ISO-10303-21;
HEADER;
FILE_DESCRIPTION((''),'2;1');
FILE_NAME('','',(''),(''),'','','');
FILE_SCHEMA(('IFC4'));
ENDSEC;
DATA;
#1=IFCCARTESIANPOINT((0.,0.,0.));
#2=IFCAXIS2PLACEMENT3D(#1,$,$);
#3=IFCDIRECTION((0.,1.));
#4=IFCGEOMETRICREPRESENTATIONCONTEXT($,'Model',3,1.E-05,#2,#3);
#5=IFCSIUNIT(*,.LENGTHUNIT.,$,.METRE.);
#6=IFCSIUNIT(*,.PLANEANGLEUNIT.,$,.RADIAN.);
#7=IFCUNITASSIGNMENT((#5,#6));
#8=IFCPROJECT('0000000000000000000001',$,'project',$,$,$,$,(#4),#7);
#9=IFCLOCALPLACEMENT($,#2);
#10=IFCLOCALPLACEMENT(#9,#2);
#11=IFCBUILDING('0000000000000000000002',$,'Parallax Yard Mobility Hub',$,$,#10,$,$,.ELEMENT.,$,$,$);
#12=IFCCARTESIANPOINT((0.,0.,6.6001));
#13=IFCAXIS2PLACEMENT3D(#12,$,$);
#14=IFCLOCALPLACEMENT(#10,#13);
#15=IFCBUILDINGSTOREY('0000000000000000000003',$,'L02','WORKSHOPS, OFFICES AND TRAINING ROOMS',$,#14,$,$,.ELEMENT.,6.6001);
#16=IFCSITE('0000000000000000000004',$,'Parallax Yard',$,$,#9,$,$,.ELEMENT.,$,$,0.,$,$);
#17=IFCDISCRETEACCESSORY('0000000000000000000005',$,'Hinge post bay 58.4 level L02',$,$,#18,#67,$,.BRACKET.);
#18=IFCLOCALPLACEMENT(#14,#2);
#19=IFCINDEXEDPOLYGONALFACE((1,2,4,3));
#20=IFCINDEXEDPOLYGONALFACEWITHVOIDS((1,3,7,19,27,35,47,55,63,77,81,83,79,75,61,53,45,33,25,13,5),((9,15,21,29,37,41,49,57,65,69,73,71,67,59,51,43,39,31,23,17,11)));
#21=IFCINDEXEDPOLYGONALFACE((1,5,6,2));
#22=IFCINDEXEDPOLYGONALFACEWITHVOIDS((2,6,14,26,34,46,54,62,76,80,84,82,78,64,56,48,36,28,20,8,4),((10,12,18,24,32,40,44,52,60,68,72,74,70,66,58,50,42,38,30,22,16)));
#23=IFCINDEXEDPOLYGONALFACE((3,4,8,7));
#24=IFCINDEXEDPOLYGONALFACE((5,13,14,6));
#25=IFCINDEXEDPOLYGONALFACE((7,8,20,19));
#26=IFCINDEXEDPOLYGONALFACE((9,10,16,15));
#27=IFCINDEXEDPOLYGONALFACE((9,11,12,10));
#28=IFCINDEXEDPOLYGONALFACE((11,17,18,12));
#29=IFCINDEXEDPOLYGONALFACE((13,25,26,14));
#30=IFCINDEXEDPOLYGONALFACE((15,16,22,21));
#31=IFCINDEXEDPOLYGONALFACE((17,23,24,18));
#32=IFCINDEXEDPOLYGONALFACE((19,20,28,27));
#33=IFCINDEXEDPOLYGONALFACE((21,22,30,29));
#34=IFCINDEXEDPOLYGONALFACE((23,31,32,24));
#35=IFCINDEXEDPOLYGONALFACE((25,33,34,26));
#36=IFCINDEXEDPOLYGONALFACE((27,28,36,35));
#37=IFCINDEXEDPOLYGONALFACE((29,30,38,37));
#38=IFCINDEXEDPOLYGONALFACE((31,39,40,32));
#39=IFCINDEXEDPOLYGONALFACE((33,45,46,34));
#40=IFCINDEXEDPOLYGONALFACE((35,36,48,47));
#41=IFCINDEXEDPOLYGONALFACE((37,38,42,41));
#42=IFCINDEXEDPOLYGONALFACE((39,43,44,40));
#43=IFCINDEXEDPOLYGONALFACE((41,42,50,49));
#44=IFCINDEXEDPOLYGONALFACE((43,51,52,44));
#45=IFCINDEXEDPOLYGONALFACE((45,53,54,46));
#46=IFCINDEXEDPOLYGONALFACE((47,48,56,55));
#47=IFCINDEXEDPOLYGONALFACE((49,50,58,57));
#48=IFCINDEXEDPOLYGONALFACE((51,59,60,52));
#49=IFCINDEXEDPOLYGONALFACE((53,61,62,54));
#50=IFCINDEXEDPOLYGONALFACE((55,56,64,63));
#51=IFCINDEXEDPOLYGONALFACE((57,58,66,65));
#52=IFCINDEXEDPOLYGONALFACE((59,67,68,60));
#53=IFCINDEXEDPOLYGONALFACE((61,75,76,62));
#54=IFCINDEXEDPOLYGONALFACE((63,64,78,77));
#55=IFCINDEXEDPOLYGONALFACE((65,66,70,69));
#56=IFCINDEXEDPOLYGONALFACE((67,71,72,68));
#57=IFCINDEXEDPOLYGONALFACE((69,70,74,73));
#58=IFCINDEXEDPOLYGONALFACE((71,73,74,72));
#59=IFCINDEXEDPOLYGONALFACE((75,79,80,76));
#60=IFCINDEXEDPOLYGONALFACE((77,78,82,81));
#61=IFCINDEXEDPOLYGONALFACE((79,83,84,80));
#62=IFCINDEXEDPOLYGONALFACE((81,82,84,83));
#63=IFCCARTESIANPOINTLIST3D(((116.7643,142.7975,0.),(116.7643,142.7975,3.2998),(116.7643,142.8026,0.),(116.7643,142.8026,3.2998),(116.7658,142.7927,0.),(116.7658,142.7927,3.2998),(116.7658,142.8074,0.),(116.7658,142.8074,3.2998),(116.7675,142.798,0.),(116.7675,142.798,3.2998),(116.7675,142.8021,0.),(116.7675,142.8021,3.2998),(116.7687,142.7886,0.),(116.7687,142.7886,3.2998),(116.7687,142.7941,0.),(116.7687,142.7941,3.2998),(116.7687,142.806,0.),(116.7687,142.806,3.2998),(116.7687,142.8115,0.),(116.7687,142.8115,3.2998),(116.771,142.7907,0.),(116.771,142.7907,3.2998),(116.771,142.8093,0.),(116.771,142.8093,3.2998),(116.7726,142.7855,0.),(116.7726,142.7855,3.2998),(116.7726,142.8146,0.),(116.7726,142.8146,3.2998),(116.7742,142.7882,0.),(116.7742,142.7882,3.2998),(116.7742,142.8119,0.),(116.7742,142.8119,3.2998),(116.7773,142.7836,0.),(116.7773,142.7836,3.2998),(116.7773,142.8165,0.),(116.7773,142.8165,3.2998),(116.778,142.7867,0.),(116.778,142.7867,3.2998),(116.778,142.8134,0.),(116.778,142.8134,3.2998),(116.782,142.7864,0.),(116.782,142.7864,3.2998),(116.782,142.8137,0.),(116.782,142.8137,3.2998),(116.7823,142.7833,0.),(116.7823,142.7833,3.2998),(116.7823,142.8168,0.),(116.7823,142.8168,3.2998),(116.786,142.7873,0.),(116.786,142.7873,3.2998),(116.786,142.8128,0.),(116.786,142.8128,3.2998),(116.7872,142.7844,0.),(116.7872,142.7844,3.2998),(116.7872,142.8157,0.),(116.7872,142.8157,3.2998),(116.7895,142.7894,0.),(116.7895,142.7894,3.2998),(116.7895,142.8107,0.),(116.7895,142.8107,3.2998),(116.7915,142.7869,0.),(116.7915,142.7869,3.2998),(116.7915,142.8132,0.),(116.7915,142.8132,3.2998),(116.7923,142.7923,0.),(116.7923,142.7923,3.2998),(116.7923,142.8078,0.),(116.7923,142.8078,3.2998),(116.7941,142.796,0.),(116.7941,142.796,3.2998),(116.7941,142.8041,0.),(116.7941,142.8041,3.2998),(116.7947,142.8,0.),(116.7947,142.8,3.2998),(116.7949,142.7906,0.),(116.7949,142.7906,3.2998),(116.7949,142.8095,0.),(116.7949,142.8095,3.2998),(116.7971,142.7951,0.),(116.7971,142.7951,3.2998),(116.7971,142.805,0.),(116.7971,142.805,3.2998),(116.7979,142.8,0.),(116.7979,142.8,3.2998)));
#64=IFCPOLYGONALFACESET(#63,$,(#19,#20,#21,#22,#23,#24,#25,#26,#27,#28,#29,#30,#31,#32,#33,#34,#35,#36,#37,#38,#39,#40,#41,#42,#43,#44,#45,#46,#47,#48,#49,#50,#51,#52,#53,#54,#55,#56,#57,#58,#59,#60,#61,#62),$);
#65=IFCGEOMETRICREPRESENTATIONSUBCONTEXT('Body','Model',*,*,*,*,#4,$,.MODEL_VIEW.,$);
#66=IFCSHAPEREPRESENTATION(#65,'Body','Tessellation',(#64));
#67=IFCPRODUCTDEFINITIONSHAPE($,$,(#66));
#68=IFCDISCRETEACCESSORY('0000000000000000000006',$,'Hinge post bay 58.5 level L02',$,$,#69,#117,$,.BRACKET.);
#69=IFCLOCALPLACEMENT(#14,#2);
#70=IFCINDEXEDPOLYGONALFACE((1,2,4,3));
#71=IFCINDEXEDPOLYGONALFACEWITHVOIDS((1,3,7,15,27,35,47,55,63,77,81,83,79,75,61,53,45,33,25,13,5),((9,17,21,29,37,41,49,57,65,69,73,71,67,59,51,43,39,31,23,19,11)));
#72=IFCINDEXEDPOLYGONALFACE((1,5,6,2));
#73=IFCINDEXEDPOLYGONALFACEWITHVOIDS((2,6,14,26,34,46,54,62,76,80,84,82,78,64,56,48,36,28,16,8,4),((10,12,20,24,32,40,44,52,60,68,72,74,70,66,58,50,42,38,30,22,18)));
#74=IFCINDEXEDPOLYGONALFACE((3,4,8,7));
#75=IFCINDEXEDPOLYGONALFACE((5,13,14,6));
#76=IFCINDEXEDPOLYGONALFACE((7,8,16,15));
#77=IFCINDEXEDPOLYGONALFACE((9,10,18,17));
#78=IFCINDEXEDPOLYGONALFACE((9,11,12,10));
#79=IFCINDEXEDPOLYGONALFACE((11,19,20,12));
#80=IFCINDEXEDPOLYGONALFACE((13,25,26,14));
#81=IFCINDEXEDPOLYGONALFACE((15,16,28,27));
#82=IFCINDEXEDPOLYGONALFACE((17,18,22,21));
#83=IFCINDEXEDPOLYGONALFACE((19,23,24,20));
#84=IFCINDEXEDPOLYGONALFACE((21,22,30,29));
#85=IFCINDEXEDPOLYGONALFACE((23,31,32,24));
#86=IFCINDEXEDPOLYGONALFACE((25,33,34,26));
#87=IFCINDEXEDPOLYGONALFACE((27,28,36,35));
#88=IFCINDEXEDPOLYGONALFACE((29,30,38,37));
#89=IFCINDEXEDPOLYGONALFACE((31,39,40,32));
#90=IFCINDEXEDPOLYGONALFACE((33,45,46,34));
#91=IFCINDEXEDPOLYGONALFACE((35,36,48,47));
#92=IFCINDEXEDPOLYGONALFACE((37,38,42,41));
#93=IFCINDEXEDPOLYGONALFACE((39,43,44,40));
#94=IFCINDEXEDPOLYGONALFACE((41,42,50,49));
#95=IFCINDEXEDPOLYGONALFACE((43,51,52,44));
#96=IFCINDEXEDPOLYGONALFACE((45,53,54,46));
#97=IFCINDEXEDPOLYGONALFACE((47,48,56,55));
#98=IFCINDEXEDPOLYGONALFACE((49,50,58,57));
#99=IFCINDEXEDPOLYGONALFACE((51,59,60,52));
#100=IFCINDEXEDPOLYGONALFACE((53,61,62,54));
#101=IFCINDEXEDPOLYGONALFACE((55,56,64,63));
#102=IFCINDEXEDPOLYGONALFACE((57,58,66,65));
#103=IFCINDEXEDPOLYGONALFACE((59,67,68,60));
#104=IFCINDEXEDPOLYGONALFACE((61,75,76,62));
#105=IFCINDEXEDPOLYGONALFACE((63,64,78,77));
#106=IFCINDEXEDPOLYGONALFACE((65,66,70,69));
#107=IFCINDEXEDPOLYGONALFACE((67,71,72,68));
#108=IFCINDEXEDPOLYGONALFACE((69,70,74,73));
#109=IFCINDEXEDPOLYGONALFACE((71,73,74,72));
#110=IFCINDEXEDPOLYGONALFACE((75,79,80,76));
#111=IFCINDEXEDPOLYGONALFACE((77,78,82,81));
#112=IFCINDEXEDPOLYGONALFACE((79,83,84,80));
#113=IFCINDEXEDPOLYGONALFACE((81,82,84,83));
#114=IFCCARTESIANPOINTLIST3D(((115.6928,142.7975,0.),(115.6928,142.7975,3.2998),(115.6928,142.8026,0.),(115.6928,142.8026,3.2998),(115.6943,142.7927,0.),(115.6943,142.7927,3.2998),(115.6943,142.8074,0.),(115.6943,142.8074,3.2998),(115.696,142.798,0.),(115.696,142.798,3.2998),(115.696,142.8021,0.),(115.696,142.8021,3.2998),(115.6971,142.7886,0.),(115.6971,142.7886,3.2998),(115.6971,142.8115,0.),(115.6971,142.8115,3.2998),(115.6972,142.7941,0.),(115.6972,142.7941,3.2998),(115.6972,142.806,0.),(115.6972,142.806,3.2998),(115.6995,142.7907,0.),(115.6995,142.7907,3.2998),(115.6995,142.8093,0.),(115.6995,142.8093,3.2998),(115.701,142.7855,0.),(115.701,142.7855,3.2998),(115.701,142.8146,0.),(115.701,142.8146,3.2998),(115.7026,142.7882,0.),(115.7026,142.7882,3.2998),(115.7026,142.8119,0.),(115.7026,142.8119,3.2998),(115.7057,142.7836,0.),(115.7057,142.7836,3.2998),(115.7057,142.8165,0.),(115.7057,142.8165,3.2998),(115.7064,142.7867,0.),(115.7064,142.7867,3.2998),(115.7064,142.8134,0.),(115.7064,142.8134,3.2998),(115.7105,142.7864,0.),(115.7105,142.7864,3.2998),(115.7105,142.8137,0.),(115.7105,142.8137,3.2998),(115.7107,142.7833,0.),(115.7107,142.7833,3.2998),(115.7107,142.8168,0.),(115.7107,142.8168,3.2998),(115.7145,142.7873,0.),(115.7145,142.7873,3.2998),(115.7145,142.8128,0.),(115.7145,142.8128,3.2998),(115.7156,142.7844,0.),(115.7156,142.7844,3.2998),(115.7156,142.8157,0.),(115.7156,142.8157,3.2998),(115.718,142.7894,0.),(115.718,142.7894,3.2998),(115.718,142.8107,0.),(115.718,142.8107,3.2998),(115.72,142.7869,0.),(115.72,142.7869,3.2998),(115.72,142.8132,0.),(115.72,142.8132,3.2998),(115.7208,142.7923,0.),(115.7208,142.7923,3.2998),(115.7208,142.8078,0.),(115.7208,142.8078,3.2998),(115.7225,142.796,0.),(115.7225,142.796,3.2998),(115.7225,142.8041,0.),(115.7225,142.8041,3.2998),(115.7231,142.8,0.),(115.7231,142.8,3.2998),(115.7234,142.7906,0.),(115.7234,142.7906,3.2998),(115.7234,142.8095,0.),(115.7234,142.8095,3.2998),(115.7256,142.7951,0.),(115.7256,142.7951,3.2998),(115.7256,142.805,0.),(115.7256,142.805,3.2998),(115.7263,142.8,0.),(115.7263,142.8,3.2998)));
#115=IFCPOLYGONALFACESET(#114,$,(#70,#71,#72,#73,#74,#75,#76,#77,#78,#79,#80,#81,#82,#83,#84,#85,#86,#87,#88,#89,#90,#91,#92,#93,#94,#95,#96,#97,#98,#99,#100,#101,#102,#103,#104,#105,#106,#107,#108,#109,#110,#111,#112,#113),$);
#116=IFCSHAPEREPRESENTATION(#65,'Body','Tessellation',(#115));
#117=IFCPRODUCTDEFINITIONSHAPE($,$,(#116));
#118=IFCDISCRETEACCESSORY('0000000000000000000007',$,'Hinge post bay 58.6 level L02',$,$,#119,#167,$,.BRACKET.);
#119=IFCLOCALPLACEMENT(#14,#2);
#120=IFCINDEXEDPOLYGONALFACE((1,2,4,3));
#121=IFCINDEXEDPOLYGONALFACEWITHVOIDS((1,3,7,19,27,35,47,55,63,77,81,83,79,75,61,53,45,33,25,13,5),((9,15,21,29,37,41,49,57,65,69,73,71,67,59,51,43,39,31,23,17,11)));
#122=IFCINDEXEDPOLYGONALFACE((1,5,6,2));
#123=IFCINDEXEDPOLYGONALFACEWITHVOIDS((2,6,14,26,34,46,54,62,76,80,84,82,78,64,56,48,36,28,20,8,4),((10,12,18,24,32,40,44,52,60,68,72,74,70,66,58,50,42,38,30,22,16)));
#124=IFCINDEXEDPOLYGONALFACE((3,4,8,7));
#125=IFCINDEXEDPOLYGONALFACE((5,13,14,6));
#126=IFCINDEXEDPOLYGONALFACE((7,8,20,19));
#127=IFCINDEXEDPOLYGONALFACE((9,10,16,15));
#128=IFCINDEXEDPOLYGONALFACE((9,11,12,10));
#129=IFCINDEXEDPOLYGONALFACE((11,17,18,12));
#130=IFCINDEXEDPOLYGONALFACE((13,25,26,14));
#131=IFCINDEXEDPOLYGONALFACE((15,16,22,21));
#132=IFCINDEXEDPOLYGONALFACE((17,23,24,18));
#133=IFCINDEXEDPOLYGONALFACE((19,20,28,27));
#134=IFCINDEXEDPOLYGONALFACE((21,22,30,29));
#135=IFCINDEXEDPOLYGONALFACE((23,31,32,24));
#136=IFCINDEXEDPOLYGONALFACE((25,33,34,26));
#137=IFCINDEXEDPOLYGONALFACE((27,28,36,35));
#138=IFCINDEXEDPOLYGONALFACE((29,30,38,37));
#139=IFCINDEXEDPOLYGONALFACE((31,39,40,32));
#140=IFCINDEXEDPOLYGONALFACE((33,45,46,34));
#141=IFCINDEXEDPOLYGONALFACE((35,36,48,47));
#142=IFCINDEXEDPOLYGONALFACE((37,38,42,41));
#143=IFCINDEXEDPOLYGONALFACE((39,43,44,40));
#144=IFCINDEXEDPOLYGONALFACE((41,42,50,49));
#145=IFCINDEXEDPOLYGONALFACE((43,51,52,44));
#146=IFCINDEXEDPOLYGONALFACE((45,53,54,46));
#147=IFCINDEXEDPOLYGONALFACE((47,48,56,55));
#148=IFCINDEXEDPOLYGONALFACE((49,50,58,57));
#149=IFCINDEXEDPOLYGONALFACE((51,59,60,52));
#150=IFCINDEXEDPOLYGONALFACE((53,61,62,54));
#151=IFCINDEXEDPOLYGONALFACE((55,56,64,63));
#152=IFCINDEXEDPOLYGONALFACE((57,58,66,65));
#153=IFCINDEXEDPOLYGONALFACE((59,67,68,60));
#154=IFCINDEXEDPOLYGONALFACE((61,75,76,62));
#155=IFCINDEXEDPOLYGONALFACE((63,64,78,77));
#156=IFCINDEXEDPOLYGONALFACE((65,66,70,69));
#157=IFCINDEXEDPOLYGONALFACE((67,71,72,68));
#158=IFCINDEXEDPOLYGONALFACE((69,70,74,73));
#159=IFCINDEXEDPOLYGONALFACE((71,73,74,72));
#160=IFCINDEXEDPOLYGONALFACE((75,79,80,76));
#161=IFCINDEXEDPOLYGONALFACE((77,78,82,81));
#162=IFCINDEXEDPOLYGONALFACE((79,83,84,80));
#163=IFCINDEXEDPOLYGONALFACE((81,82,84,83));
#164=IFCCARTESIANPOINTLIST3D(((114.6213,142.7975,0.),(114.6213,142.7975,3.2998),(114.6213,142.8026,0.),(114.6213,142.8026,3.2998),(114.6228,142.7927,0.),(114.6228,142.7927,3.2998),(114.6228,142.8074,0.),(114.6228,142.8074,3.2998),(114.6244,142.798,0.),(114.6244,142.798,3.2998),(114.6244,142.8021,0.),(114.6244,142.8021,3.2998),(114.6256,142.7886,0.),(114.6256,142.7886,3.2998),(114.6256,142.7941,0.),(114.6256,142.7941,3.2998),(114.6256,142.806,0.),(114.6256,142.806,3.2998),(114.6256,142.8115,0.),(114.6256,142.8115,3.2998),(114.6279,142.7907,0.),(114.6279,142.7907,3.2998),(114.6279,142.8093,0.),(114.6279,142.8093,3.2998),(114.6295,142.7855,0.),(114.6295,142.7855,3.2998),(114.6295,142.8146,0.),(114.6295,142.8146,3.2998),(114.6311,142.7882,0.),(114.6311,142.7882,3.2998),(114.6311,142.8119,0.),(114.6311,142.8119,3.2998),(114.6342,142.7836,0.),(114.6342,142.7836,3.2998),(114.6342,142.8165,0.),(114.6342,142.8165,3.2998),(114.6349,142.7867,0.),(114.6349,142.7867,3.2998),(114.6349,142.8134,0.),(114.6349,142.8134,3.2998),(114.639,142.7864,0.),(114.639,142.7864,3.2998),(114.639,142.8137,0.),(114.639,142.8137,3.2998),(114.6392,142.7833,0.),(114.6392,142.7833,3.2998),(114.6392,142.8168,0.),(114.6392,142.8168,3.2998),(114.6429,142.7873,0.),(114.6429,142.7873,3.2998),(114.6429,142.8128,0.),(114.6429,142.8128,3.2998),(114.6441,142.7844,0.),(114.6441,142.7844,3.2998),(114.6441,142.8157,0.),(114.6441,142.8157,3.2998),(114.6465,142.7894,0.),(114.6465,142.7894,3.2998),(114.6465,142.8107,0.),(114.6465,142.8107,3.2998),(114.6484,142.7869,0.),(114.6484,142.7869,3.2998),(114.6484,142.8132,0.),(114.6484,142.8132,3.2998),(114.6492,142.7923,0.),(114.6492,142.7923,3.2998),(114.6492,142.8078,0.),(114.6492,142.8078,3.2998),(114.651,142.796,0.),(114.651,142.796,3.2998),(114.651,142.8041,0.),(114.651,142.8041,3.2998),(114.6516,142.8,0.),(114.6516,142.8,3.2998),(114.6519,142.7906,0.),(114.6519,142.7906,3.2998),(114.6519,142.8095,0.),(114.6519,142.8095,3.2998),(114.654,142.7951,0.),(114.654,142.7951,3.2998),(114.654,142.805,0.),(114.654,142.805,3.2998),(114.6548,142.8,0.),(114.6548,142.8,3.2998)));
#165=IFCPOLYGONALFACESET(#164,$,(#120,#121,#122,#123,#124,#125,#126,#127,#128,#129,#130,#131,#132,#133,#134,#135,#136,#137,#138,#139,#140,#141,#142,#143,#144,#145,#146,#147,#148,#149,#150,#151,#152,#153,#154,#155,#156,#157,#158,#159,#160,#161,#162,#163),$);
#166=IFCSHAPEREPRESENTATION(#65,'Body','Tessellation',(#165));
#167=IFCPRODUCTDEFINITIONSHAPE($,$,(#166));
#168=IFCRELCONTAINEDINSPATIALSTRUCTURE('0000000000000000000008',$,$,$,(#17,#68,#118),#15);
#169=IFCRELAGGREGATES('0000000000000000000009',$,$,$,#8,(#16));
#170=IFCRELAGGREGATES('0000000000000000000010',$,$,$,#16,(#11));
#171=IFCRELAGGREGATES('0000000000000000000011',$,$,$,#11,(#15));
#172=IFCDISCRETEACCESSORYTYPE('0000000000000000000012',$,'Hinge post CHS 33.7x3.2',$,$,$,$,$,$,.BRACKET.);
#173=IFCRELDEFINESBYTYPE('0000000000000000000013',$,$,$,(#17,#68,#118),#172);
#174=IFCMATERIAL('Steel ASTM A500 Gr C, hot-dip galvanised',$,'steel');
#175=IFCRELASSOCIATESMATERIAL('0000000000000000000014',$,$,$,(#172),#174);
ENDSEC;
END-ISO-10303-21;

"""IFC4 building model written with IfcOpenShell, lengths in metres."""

from ifc_helpers import new_model, si_unit, direction, frame, origin, origin_2d, place, context, subcontext, project, spatial, hollow_circle, extrude, material, material_profile, profile_set, type_object, element, save


model = new_model("IFC4")

# Units and contexts
model_context = context("Model", 3, precision=1e-05, world=origin(), true_north=direction((0.0, 1.0)))
body_context = subcontext(model_context, "Body", "Model", "MODEL_VIEW")
ifc_project = project(units=[si_unit("LENGTHUNIT", "METRE"), si_unit("PLANEANGLEUNIT", "RADIAN")], contexts=[model_context])

# Site, building, storey
site_placement = place(None, origin())
site = spatial("IfcSite", under=ifc_project, at=site_placement, Name="Parallax Yard", CompositionType="ELEMENT", RefElevation=0.0)
building_placement = place(site_placement, origin())
building = spatial("IfcBuilding", under=site, at=building_placement, Name="Parallax Yard Mobility Hub", CompositionType="ELEMENT")
storey_placement = place(building_placement, frame((0.0, 0.0, 6.6001)))
storey = spatial("IfcBuildingStorey", under=building, at=storey_placement, Name="L02", Description="WORKSHOPS, OFFICES AND TRAINING ROOMS", CompositionType="ELEMENT", Elevation=6.6001)

# Discrete accessories
ifc_material_1 = material(Name="Steel ASTM A500 Gr C, hot-dip galvanised", Category="steel")
ifc_material_profile = material_profile(ifc_material_1, hollow_circle(Radius=0.0168, WallThickness=0.0032, at=origin_2d()), Name="CHS 33.7x3.2")
ifc_profile_set = profile_set([ifc_material_profile], Name="Steel ASTM A500 Gr C, hot-dip galvanised")
discrete_accessory_type_1 = type_object("IfcDiscreteAccessoryType", Name="Hinge post CHS 33.7x3.2", PredefinedType="BRACKET", material=ifc_profile_set)
for number, where, z_axis, x_axis, name in (
    (1, (116.781, 142.8, 0.0), (0.0, 0.0, 1.0), (1.0, 0.0, 0.0), "Hinge post bay 58.4 level L02"),
    (2, (115.7095, 142.8, 0.0), (0.0, 0.0, 1.0), (1.0, 0.0, 0.0), "Hinge post bay 58.5 level L02"),
    (3, (114.6379, 142.8, 0.0), (0.0, 0.0, 1.0), (1.0, 0.0, 0.0), "Hinge post bay 58.6 level L02"),
):
    element("IfcDiscreteAccessory", number, at=place(storey_placement, frame(where, z_axis=z_axis, x_axis=x_axis)), inside=storey, type_object=discrete_accessory_type_1, Name=name, PredefinedType="BRACKET", context=body_context, shape_type="SweptSolid", body=[
        extrude(hollow_circle(Radius=0.0168, WallThickness=0.0032, at=origin_2d()), origin(), (0.0, 0.0, 1.0), 3.2998),
    ])

save(model, "model.ifc")
